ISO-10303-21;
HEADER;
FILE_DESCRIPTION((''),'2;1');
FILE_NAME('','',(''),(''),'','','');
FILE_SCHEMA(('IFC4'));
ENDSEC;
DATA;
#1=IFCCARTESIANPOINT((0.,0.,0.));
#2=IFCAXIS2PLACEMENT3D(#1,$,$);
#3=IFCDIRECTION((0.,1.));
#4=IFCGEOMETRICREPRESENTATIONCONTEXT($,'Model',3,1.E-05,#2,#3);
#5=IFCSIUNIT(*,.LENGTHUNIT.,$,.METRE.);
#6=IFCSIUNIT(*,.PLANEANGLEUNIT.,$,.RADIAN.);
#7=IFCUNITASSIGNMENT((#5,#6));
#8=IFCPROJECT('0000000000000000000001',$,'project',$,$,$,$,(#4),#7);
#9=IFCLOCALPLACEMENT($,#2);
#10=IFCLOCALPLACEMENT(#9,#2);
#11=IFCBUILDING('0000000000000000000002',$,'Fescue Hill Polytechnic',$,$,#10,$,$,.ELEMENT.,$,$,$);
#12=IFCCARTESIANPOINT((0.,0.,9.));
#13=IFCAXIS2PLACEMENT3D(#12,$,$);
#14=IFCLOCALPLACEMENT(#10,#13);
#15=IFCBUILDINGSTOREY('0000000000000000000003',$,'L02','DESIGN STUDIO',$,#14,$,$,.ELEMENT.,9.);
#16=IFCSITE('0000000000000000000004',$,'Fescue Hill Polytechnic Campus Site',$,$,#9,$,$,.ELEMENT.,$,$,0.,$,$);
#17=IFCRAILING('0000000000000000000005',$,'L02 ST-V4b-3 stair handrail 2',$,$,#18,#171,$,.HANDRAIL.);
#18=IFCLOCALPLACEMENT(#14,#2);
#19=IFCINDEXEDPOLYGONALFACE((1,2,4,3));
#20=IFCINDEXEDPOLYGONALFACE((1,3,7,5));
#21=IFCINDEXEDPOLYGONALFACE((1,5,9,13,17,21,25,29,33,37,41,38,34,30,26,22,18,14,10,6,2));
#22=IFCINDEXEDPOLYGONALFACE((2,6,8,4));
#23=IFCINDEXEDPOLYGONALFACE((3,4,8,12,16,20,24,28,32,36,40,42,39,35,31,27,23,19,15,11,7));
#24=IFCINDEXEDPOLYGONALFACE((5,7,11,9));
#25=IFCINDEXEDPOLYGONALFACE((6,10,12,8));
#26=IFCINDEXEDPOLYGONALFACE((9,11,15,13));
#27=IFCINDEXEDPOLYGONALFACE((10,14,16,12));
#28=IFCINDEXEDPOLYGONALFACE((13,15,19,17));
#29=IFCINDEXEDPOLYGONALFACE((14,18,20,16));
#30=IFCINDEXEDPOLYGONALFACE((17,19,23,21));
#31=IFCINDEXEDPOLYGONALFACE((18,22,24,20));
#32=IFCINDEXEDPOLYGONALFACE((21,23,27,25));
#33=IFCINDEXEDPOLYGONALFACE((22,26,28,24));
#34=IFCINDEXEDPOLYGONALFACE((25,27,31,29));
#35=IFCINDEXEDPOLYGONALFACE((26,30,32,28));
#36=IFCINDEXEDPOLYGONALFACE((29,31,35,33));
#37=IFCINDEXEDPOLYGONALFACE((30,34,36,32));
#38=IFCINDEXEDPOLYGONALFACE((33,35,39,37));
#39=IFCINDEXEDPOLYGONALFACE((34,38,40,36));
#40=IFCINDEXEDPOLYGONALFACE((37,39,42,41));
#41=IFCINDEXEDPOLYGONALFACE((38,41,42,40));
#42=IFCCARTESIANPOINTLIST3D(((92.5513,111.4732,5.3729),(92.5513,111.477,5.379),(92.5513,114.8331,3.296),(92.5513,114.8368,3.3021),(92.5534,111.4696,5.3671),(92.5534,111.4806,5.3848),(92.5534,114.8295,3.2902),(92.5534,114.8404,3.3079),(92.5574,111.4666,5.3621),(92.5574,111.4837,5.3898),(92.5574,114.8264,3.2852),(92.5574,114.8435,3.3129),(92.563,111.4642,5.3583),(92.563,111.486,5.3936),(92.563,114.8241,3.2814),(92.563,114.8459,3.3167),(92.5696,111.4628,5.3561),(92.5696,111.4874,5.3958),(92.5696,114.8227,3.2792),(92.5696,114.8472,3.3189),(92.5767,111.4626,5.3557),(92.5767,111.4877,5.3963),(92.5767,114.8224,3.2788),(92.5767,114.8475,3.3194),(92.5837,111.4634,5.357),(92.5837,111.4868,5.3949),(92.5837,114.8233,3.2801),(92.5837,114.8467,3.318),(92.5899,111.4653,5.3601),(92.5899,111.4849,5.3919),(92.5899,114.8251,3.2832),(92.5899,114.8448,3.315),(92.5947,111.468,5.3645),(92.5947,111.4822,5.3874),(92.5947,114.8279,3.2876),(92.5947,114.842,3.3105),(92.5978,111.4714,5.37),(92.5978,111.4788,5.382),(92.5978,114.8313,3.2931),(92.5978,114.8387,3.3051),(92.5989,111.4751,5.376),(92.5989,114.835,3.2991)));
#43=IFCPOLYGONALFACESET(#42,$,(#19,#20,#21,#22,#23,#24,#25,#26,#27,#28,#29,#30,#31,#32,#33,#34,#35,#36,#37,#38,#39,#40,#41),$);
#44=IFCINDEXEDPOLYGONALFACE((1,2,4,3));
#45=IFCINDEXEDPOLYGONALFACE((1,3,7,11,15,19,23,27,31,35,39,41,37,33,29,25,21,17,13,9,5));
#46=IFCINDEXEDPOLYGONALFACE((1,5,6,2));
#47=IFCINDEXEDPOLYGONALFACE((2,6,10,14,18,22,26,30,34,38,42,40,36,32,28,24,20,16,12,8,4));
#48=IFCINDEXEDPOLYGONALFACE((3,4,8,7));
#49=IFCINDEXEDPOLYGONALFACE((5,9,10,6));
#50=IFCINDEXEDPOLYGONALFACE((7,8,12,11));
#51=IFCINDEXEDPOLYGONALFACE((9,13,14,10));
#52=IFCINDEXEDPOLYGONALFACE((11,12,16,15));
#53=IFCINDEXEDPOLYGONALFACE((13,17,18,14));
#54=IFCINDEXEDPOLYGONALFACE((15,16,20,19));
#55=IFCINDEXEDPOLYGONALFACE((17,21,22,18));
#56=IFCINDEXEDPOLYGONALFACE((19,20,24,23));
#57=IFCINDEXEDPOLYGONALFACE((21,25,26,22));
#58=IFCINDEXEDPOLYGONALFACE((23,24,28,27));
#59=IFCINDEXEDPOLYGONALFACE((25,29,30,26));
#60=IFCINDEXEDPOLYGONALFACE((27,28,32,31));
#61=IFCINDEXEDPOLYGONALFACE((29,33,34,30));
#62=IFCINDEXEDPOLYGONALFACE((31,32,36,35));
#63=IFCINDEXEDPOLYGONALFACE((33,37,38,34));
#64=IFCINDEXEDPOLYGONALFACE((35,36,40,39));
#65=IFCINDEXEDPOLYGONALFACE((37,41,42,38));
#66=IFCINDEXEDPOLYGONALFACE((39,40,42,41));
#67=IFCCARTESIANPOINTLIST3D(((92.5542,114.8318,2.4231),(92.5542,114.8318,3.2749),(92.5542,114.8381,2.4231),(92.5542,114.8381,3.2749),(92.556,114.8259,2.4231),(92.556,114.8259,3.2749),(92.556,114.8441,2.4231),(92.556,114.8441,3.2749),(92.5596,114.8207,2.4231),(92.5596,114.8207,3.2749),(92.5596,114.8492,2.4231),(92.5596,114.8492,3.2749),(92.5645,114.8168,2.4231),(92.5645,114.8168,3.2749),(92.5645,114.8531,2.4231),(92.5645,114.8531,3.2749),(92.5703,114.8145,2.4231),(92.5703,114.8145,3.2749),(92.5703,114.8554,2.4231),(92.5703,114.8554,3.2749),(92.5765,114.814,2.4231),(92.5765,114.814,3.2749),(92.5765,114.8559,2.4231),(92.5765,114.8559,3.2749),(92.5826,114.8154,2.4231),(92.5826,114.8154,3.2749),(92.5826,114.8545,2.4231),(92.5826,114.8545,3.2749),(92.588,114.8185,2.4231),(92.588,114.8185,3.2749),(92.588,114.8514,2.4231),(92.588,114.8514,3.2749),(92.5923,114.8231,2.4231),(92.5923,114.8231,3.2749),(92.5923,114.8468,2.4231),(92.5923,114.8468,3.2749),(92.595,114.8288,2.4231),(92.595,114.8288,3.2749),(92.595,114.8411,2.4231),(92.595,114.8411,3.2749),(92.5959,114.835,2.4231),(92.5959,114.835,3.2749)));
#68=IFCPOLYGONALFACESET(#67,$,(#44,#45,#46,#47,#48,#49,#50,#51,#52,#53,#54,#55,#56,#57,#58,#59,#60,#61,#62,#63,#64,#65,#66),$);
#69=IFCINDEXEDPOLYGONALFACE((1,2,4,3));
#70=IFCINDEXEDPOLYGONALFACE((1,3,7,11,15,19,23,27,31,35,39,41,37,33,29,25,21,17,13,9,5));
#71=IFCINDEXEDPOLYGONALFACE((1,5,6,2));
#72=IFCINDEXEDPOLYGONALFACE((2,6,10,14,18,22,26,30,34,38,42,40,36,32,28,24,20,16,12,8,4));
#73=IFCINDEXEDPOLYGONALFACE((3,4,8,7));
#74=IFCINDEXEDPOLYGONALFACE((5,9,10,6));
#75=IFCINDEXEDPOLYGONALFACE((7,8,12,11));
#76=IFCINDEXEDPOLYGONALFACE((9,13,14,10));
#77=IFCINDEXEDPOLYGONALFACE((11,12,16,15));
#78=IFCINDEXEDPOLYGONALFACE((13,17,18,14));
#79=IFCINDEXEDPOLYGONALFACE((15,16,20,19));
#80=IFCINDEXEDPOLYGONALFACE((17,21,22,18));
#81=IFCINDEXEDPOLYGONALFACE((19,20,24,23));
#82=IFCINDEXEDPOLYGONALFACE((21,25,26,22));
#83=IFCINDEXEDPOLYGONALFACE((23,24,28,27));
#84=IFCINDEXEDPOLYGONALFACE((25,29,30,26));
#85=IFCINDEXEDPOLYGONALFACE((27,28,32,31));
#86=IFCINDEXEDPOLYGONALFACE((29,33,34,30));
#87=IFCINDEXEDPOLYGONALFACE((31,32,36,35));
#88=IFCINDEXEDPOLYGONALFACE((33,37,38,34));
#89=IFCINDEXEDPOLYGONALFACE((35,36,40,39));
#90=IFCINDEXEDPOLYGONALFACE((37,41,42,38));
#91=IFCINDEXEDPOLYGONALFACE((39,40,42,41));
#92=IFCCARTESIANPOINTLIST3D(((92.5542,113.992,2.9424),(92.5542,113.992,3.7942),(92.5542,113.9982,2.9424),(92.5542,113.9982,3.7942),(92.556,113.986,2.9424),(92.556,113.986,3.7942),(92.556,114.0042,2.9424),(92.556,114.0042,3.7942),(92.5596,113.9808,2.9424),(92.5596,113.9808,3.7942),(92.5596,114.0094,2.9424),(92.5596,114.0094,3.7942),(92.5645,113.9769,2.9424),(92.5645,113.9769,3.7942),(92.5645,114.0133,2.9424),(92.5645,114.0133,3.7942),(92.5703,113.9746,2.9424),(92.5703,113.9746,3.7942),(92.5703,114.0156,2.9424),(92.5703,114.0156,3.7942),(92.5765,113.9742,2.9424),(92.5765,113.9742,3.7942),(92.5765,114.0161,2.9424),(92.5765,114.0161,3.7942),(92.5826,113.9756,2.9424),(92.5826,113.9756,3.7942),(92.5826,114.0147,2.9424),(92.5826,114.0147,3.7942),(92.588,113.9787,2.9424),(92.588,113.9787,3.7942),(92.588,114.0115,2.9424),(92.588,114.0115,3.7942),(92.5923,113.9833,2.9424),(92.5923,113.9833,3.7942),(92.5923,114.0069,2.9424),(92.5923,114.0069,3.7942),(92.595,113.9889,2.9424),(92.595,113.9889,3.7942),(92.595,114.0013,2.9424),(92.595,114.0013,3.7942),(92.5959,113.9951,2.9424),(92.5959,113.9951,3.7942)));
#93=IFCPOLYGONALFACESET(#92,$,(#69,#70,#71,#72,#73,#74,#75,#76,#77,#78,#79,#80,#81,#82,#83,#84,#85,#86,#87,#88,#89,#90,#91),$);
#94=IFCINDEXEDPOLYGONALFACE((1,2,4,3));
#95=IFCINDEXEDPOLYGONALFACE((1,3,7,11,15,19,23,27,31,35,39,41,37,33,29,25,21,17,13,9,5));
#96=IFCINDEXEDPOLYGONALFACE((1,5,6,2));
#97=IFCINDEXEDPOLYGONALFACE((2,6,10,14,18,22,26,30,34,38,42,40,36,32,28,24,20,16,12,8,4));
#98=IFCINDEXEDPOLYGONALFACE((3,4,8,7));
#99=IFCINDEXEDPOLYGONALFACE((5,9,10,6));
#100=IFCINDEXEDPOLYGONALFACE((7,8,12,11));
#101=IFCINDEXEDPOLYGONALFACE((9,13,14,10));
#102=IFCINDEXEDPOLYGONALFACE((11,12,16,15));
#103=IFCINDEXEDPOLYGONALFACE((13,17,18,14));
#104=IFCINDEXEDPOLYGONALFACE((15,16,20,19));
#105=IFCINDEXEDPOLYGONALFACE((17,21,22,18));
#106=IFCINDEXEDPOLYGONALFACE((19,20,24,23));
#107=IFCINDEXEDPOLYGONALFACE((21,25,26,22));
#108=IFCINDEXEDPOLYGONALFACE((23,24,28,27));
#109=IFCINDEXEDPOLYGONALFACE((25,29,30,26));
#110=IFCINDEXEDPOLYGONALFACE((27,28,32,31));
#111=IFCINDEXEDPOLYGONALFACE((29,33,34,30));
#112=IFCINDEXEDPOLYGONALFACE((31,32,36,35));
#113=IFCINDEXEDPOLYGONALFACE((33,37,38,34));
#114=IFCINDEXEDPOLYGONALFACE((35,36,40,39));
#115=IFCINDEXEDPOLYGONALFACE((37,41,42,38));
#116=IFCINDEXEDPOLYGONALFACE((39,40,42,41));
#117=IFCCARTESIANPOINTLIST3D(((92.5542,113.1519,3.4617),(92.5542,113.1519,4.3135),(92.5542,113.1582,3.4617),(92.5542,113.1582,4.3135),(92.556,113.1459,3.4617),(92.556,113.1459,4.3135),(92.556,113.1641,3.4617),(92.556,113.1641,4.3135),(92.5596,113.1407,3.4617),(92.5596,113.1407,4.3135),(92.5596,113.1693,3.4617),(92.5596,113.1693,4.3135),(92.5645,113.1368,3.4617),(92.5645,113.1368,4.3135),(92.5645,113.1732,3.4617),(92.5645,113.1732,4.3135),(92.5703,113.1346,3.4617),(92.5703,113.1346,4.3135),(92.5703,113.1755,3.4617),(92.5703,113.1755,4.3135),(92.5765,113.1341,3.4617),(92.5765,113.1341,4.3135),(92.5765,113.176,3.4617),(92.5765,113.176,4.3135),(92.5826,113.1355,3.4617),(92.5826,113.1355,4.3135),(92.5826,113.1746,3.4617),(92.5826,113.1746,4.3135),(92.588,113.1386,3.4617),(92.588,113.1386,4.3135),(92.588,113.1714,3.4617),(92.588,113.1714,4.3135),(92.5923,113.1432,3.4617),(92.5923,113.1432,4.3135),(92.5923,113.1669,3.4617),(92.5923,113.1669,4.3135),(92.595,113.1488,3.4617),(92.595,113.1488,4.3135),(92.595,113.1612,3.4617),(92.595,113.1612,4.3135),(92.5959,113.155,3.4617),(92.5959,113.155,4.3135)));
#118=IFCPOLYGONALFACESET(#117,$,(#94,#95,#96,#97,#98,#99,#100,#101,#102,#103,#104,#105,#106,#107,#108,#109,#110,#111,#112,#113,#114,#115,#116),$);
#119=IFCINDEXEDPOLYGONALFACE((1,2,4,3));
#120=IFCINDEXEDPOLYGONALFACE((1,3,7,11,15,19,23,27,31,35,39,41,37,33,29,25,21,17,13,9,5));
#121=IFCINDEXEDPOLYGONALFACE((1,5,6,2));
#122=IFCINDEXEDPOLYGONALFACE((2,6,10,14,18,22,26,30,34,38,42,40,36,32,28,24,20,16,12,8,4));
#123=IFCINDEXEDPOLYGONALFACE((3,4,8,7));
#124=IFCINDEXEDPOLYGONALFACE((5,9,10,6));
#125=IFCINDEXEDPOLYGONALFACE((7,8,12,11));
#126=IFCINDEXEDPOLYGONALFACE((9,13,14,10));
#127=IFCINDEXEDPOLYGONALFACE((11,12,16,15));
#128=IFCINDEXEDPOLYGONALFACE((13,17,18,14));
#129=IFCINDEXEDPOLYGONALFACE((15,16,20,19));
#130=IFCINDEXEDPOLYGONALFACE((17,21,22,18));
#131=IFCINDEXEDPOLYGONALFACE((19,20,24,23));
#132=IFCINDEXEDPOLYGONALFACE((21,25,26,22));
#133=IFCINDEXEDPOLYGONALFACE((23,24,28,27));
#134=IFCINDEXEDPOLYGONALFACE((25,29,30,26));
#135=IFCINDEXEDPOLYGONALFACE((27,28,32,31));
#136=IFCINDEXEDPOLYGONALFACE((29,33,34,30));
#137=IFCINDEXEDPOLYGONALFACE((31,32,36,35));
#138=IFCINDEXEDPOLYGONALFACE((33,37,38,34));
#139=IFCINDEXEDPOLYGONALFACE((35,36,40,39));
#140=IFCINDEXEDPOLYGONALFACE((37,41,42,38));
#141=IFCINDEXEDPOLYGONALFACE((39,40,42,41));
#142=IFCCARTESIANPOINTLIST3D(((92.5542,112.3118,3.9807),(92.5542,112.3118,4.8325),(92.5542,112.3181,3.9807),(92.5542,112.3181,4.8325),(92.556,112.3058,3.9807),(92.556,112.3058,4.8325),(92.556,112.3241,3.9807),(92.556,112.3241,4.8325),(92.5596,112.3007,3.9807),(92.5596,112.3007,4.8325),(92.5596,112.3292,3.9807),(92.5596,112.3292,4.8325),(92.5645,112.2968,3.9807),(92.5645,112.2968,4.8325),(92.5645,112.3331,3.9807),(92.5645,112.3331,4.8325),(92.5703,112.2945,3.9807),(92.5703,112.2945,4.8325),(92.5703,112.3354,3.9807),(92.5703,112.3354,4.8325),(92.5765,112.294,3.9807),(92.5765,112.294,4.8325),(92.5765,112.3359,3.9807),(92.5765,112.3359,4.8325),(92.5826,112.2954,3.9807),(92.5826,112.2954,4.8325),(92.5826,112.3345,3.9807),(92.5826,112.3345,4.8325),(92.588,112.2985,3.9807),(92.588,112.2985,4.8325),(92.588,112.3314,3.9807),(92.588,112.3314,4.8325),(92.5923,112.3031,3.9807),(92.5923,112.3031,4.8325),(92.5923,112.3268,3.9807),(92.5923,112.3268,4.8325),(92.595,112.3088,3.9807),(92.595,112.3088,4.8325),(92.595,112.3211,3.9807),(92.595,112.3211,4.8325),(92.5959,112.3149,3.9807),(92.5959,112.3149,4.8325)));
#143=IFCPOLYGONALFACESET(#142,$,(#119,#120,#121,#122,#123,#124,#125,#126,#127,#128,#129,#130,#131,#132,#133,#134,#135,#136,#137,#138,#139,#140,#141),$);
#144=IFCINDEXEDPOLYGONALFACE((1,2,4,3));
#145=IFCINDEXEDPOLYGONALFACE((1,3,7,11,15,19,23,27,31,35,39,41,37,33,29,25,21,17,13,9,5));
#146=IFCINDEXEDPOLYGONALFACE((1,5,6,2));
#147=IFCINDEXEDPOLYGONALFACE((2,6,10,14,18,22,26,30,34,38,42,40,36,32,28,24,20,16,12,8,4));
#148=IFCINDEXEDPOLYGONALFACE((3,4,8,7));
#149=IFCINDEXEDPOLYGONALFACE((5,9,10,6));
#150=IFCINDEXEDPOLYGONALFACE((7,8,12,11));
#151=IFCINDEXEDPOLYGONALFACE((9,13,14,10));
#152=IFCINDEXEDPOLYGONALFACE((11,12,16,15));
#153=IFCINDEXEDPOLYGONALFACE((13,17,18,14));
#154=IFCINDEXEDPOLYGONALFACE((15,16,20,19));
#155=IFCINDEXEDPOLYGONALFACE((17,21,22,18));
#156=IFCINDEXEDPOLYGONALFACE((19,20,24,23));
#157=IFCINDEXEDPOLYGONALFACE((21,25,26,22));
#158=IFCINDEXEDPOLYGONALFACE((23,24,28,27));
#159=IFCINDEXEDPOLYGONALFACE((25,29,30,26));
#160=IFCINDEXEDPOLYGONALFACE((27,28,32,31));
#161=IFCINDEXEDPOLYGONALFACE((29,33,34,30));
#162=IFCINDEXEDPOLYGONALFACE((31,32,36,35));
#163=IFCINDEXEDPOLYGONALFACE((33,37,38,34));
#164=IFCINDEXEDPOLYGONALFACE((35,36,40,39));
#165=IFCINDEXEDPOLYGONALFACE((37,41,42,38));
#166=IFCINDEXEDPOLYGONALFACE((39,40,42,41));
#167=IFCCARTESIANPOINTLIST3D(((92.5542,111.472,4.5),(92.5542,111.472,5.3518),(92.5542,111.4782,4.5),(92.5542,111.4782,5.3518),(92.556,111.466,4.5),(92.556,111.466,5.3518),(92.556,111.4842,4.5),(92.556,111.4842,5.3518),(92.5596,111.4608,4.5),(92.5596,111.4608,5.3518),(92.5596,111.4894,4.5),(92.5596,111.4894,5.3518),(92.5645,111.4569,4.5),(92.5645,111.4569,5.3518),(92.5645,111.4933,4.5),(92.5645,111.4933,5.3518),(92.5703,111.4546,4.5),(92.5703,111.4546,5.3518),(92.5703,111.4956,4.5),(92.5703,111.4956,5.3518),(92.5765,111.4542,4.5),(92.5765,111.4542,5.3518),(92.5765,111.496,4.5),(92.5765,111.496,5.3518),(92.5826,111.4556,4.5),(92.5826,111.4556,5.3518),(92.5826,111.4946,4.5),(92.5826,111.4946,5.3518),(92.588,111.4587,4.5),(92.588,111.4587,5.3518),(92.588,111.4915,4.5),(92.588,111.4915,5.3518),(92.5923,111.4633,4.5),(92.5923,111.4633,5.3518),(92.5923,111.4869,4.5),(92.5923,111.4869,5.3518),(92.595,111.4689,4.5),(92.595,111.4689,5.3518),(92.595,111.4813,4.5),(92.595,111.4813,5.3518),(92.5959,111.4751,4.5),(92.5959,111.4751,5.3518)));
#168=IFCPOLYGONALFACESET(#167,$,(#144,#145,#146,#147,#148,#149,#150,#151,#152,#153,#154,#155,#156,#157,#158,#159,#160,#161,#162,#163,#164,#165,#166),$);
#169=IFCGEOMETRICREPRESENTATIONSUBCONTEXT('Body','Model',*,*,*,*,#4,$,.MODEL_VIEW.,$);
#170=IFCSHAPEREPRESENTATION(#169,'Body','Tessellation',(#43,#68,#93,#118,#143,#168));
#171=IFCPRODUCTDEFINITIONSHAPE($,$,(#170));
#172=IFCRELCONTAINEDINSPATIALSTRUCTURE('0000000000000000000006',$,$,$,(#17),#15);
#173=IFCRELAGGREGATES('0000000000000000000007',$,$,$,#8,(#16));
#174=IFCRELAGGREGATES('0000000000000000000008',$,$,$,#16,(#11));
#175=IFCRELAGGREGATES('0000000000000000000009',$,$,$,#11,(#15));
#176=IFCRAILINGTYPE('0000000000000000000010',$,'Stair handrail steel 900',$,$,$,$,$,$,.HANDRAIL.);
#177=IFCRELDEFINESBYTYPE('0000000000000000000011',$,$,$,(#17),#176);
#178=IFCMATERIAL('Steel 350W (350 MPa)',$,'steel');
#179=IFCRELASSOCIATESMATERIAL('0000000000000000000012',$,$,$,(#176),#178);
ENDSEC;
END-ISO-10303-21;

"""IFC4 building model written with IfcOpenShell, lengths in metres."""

from ifc_helpers import new_model, si_unit, direction, frame, origin, origin_2d, place, context, subcontext, project, spatial, circle, extrude, material, type_object, element, save


model = new_model("IFC4")

# Units and contexts
model_context = context("Model", 3, precision=1e-05, world=origin(), true_north=direction((0.0, 1.0)))
body_context = subcontext(model_context, "Body", "Model", "MODEL_VIEW")
ifc_project = project(units=[si_unit("LENGTHUNIT", "METRE"), si_unit("PLANEANGLEUNIT", "RADIAN")], contexts=[model_context])

# Site, building, storey
site_placement = place(None, origin())
site = spatial("IfcSite", under=ifc_project, at=site_placement, Name="Fescue Hill Polytechnic Campus Site", CompositionType="ELEMENT", RefElevation=0.0)
building_placement = place(site_placement, origin())
building = spatial("IfcBuilding", under=site, at=building_placement, Name="Fescue Hill Polytechnic", CompositionType="ELEMENT")
storey_placement = place(building_placement, frame((0.0, 0.0, 9.0)))
storey = spatial("IfcBuildingStorey", under=building, at=storey_placement, Name="L02", Description="DESIGN STUDIO", CompositionType="ELEMENT", Elevation=9.0)

# Railing
ifc_material_1 = material(Name="Steel 350W (350 MPa)", Category="steel")
railing_type_1 = type_object("IfcRailingType", Name="Stair handrail steel 900", PredefinedType="HANDRAIL", material=ifc_material_1)
railing_1_placement = place(storey_placement, frame((92.575, 114.835, 2.4231)))
element("IfcRailing", 1, at=railing_1_placement, inside=storey, type_object=railing_type_1, Name="L02 ST-V4b-3 stair handrail 2", PredefinedType="HANDRAIL", context=body_context, shape_type="SweptSolid", body=[
    extrude(circle(Radius=0.0239, at=origin_2d()), frame((0.0, 0.0, 0.876), z_axis=(0.0, -0.850606, 0.525803), x_axis=(1.0, 0.0, 0.0)), (0.0, 0.0, 1.0), 3.95),
    extrude(circle(Radius=0.021, at=origin_2d()), origin(), (0.0, 0.0, 1.0), 0.8518),
    extrude(circle(Radius=0.021, at=origin_2d()), frame((0.0, -0.8398, 0.5193)), (0.0, 0.0, 1.0), 0.8518),
    extrude(circle(Radius=0.021, at=origin_2d()), frame((0.0, -1.6799, 1.0386)), (0.0, 0.0, 1.0), 0.8518),
    extrude(circle(Radius=0.021, at=origin_2d()), frame((0.0, -2.52, 1.5576)), (0.0, 0.0, 1.0), 0.8518),
    extrude(circle(Radius=0.021, at=origin_2d()), frame((0.0, -3.3599, 2.0769)), (0.0, 0.0, 1.0), 0.8518),
])

save(model, "model.ifc")
